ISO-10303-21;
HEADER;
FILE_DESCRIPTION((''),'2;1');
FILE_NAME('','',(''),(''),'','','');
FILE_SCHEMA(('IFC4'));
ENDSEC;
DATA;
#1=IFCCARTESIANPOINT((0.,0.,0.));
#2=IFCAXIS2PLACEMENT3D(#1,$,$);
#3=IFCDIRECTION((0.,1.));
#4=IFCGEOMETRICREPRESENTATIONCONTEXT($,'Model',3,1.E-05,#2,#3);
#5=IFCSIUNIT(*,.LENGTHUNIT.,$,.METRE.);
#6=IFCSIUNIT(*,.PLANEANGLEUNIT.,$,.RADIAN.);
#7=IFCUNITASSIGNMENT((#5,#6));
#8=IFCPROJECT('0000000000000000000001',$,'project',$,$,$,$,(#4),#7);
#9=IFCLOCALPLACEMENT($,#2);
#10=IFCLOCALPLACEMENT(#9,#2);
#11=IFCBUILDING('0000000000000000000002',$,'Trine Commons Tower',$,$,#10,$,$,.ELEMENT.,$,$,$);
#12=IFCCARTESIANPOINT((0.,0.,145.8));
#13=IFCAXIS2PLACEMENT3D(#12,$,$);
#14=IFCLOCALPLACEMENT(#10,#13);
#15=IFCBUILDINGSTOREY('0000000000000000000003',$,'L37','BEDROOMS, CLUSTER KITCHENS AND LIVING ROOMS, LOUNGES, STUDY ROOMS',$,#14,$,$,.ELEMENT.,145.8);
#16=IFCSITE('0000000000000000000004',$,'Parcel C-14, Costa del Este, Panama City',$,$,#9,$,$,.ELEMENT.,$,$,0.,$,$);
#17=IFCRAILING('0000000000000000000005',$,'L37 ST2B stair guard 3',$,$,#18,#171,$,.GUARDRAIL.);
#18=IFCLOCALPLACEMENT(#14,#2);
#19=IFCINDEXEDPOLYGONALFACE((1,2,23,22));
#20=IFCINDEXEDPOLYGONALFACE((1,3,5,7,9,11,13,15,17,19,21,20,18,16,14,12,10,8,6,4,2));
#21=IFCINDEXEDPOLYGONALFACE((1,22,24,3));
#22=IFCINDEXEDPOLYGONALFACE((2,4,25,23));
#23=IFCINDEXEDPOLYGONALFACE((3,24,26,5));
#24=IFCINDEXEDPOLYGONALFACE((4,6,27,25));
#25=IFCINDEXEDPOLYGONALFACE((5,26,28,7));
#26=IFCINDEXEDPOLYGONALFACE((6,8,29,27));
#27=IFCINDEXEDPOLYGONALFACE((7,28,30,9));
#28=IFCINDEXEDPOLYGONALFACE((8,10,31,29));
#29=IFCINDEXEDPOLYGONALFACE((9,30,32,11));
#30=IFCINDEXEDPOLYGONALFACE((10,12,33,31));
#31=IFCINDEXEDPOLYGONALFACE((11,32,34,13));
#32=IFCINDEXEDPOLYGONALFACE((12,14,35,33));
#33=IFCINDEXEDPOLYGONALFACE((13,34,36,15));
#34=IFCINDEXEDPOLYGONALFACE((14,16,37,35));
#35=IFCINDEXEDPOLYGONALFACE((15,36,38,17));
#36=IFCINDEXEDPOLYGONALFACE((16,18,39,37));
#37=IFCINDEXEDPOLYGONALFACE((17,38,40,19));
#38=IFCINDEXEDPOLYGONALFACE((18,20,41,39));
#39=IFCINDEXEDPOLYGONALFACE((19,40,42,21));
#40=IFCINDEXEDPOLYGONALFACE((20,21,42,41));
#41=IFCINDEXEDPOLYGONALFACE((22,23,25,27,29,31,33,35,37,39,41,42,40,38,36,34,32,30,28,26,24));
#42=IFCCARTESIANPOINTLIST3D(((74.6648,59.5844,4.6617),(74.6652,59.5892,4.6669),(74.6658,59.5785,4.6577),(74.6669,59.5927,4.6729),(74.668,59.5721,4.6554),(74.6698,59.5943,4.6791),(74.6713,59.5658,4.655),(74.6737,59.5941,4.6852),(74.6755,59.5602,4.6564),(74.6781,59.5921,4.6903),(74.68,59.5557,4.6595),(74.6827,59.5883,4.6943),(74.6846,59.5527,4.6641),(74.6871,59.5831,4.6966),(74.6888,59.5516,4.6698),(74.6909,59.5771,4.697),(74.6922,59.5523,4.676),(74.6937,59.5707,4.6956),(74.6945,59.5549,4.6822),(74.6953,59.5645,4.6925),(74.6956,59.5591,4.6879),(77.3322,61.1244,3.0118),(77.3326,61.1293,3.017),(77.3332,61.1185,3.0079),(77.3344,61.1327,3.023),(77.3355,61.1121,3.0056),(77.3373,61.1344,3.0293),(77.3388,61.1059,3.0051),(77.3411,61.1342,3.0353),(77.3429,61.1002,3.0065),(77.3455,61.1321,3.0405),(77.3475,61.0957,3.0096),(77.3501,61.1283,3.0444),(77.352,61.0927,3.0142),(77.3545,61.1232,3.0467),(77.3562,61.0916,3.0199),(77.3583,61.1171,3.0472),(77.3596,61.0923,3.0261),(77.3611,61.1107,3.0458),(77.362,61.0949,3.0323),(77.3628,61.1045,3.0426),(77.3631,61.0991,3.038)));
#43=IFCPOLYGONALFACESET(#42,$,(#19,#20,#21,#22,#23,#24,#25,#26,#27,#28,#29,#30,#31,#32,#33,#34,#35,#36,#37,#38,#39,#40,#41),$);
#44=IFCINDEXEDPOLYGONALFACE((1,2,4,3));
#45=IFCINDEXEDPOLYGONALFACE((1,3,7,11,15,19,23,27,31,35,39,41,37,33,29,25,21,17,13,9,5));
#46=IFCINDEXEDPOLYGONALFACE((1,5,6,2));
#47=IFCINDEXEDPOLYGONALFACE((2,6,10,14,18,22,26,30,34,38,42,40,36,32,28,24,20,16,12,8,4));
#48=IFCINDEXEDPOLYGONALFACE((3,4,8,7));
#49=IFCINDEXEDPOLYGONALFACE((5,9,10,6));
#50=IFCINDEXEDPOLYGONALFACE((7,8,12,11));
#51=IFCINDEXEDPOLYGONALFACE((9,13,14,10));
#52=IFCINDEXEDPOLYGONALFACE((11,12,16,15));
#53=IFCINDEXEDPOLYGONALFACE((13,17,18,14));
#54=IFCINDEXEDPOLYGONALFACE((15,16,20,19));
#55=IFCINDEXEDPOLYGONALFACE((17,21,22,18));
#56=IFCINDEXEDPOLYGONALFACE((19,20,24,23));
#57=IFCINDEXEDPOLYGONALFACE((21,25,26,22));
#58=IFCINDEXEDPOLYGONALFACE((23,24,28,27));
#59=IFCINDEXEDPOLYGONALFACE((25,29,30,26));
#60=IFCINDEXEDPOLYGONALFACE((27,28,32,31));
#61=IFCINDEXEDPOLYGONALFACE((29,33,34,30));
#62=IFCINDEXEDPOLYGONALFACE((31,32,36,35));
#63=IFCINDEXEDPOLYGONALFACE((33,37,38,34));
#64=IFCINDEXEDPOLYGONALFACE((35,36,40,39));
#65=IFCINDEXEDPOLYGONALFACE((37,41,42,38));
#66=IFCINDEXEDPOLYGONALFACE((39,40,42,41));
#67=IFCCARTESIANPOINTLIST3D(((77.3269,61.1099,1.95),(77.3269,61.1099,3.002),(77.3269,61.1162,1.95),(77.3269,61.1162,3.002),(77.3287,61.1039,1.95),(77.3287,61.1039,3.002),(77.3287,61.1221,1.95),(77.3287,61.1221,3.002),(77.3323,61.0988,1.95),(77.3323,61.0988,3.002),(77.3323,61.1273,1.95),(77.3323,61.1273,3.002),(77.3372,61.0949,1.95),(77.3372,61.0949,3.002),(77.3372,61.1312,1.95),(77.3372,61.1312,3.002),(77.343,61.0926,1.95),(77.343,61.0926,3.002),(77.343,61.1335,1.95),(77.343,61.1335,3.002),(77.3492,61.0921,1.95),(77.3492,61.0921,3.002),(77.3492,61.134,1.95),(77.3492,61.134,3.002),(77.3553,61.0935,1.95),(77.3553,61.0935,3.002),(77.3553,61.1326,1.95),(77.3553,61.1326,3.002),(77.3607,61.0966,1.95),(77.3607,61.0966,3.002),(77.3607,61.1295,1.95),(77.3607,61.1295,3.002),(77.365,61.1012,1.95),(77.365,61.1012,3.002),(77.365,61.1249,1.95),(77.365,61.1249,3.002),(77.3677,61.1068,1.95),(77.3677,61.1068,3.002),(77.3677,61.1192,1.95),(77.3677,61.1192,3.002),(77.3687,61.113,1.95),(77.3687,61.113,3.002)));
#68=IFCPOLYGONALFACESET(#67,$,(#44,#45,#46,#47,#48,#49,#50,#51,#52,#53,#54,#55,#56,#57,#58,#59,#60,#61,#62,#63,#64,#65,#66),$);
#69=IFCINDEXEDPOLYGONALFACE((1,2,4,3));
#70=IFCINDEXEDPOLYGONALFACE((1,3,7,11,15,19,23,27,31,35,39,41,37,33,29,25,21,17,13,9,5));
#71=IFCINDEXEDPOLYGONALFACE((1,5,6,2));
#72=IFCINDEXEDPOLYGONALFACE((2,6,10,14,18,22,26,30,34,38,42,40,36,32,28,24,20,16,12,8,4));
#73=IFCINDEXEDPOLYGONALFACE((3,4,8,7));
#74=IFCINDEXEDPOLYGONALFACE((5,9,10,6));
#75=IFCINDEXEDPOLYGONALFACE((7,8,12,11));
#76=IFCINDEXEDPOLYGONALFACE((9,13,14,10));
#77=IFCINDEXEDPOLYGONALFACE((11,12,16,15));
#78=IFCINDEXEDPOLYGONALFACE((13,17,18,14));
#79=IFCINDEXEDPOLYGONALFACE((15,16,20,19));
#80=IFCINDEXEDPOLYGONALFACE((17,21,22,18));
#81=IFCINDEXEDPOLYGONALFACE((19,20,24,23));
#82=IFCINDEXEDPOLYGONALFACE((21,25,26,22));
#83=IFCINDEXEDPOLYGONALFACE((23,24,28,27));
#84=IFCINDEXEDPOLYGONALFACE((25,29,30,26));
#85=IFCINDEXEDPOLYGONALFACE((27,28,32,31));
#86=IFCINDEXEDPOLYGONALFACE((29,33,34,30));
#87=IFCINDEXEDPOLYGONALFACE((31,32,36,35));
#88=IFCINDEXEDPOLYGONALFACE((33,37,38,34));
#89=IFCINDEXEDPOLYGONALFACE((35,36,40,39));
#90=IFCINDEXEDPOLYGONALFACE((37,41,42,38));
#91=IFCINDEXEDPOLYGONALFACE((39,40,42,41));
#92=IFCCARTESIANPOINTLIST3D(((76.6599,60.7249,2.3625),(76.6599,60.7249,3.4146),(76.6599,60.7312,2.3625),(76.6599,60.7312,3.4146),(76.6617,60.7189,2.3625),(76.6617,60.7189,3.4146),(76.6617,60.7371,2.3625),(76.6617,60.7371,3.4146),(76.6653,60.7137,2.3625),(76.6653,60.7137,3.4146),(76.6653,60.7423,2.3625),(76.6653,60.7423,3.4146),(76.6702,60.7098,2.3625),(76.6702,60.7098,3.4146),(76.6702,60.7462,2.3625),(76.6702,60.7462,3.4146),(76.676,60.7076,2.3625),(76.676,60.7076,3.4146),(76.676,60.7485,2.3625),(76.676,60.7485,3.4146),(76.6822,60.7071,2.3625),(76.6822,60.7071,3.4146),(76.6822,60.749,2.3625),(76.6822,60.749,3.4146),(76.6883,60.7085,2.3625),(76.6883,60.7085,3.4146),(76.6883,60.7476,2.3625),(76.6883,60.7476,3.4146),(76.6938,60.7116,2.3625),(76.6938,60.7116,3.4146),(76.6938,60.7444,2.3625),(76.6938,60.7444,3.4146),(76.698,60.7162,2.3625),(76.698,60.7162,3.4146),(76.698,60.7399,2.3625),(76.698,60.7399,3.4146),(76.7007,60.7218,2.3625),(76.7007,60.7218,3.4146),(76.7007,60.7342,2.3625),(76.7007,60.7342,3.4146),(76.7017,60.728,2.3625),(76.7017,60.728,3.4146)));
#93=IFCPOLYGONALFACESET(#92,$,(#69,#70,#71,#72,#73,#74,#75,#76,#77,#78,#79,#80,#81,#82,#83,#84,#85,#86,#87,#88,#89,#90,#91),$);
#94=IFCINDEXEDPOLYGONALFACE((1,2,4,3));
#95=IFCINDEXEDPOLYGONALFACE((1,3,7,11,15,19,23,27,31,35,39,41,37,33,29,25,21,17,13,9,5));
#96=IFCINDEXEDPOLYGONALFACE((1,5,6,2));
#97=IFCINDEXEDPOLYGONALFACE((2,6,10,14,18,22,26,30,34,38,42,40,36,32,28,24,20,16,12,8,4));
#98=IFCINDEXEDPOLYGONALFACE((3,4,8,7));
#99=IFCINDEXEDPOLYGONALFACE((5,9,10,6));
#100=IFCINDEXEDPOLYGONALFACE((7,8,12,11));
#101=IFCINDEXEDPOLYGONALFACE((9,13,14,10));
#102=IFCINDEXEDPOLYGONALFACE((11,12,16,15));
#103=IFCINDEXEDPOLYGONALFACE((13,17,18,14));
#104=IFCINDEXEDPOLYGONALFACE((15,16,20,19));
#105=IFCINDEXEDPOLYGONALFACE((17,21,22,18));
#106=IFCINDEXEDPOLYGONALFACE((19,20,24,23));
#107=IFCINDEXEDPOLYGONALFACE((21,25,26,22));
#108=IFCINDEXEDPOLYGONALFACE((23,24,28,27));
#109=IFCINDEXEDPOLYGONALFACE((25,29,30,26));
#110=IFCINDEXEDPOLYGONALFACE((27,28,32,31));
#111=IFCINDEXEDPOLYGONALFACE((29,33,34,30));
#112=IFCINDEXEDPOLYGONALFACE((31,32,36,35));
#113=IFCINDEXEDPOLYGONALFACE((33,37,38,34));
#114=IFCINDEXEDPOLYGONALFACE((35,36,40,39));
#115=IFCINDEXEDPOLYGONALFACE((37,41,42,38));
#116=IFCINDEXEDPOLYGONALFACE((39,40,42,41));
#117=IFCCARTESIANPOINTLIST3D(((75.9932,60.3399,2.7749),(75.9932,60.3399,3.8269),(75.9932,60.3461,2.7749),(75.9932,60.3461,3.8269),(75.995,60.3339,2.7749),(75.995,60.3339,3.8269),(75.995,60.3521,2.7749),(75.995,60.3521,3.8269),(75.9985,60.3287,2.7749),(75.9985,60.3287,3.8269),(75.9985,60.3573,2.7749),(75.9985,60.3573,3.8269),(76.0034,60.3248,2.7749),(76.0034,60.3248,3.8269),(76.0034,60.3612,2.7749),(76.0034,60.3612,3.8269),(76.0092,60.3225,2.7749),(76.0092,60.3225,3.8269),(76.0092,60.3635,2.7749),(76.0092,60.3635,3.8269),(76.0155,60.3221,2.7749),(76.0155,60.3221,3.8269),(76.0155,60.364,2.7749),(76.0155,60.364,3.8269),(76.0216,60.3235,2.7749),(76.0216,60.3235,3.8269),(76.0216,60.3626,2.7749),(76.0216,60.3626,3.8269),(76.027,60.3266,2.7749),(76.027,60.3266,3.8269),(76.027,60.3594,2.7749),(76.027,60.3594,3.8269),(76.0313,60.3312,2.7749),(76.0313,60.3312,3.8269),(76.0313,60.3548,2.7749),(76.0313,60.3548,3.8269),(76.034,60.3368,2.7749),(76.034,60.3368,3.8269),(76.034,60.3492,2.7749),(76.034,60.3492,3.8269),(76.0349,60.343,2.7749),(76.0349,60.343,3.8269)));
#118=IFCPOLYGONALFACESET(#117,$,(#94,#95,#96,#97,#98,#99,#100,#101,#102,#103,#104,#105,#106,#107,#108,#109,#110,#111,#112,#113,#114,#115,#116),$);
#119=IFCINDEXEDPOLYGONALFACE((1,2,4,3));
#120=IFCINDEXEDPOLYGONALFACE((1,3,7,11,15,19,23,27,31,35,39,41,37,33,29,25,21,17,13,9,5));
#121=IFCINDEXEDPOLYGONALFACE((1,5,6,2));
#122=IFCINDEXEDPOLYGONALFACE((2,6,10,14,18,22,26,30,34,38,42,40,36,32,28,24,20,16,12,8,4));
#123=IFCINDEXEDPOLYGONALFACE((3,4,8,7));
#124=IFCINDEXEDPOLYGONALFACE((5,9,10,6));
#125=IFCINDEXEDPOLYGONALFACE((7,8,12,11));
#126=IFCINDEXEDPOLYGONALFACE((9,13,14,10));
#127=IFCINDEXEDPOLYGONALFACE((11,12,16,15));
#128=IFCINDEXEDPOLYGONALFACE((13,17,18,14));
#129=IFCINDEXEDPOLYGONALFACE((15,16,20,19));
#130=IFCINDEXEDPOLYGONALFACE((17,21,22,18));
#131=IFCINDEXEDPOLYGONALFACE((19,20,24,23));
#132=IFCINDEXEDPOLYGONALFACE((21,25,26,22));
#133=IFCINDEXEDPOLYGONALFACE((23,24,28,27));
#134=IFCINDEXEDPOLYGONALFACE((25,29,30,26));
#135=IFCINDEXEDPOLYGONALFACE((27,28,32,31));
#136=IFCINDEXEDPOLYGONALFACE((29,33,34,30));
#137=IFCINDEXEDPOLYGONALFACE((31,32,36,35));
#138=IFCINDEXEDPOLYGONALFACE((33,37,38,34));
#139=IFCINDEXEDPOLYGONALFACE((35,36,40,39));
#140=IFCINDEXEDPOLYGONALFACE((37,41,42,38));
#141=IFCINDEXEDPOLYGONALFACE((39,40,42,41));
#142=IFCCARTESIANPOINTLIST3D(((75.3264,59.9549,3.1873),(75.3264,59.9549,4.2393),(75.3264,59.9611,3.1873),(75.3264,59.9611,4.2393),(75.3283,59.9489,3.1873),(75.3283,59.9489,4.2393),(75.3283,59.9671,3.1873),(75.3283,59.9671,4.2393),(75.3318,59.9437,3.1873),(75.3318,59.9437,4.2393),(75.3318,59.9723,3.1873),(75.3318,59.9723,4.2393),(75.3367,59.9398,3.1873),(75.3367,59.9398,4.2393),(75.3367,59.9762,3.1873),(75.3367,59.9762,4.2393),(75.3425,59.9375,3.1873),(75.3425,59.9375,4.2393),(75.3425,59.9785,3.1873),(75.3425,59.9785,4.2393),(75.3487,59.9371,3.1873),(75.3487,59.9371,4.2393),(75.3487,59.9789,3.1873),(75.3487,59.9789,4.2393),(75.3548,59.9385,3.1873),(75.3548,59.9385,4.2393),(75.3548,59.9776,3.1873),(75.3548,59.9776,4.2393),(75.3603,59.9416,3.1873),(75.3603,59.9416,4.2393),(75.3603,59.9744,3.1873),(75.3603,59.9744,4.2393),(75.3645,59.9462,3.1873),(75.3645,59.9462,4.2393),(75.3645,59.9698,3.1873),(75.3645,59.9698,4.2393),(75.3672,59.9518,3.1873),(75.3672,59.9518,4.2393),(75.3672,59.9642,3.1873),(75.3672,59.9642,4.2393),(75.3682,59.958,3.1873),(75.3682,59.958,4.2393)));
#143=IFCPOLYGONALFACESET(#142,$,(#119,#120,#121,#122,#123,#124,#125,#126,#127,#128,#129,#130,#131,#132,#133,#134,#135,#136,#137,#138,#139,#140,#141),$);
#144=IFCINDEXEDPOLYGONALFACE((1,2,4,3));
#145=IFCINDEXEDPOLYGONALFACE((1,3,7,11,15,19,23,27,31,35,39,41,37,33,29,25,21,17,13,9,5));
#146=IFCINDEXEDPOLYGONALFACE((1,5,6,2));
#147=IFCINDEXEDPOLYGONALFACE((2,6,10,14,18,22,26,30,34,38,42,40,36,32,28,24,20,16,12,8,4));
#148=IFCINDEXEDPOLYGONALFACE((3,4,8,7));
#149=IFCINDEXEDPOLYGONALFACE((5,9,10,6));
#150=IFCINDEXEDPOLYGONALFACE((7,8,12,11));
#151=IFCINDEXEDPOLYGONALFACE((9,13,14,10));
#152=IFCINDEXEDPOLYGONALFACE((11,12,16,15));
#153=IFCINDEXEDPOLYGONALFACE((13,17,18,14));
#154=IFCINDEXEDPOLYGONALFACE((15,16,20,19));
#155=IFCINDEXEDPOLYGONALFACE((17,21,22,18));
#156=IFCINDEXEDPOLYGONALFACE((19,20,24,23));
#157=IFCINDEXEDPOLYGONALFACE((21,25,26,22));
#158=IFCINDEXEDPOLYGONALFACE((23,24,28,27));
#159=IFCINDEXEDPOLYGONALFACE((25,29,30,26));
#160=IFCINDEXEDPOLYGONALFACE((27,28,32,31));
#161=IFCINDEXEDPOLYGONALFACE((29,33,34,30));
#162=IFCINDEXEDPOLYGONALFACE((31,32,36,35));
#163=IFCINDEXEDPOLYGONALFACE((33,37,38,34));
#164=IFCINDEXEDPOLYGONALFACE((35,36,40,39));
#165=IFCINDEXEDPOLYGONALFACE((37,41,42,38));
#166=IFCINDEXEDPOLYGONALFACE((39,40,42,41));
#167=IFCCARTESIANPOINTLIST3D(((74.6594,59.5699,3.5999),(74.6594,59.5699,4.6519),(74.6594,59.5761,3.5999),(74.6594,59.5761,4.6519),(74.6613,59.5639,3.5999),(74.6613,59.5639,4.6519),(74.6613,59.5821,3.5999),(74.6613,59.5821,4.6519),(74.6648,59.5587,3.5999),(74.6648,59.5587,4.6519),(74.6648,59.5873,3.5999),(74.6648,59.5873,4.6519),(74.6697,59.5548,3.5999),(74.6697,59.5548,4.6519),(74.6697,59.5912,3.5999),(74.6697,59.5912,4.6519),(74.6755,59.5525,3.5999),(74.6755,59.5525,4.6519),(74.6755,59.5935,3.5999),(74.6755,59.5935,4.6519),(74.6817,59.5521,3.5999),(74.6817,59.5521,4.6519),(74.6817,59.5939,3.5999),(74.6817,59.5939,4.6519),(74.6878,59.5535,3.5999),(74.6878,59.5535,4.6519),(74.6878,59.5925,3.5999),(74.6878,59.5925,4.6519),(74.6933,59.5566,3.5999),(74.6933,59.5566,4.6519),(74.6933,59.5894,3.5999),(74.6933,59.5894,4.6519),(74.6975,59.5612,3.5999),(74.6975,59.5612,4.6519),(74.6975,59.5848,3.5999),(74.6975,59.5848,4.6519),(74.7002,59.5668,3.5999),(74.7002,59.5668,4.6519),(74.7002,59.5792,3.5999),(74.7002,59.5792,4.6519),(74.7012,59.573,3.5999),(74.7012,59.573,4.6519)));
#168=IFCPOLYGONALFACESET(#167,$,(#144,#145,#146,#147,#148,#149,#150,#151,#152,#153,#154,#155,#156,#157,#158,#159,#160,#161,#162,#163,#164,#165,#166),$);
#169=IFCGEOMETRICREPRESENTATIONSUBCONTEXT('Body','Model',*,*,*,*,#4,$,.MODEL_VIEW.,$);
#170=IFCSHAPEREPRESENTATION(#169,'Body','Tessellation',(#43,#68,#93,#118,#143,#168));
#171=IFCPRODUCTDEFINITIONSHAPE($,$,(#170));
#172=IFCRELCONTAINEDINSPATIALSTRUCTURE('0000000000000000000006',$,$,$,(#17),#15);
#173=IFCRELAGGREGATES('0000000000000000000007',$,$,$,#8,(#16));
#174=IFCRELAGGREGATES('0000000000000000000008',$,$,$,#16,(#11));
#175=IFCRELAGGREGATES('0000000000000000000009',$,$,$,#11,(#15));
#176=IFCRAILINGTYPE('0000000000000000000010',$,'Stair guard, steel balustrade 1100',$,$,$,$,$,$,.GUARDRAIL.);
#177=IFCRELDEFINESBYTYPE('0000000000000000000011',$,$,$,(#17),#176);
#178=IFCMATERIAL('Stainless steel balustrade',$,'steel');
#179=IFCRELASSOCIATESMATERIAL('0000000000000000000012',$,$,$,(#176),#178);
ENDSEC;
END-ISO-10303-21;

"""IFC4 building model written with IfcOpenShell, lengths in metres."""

from ifc_helpers import new_model, si_unit, direction, frame, origin, origin_2d, place, context, subcontext, project, spatial, circle, extrude, material, type_object, element, save


model = new_model("IFC4")

# Units and contexts
model_context = context("Model", 3, precision=1e-05, world=origin(), true_north=direction((0.0, 1.0)))
body_context = subcontext(model_context, "Body", "Model", "MODEL_VIEW")
ifc_project = project(units=[si_unit("LENGTHUNIT", "METRE"), si_unit("PLANEANGLEUNIT", "RADIAN")], contexts=[model_context])

# Site, building, storey
site_placement = place(None, origin())
site = spatial("IfcSite", under=ifc_project, at=site_placement, Name="Parcel C-14, Costa del Este, Panama City", CompositionType="ELEMENT", RefElevation=0.0)
building_placement = place(site_placement, origin())
building = spatial("IfcBuilding", under=site, at=building_placement, Name="Trine Commons Tower", CompositionType="ELEMENT")
storey_placement = place(building_placement, frame((0.0, 0.0, 145.8)))
storey = spatial("IfcBuildingStorey", under=building, at=storey_placement, Name="L37", Description="BEDROOMS, CLUSTER KITCHENS AND LIVING ROOMS, LOUNGES, STUDY ROOMS", CompositionType="ELEMENT", Elevation=145.8)

# Railing
ifc_material_1 = material(Name="Stainless steel balustrade", Category="steel")
railing_type_1 = type_object("IfcRailingType", Name="Stair guard, steel balustrade 1100", PredefinedType="GUARDRAIL", material=ifc_material_1)
railing_1_placement = place(storey_placement, frame((77.3477, 61.113, 1.95)))
element("IfcRailing", 1, at=railing_1_placement, inside=storey, type_object=railing_type_1, Name="L37 ST2B stair guard 3", PredefinedType="GUARDRAIL", context=body_context, shape_type="SweptSolid", body=[
    extrude(circle(Radius=0.0239, at=origin_2d()), frame((0.0, 0.0, 1.0762), z_axis=(-0.763405, -0.440743, 0.472185), x_axis=(0.499992, -0.86603, 0.0)), (0.0, 0.0, 1.0), 3.4941),
    extrude(circle(Radius=0.021, at=origin_2d()), origin(), (0.0, 0.0, 1.0), 1.052),
    extrude(circle(Radius=0.021, at=origin_2d()), frame((-0.667, -0.385, 0.4126)), (0.0, 0.0, 1.0), 1.052),
    extrude(circle(Radius=0.021, at=origin_2d()), frame((-1.3337, -0.77, 0.825)), (0.0, 0.0, 1.0), 1.052),
    extrude(circle(Radius=0.021, at=origin_2d()), frame((-2.0005, -1.155, 1.2373)), (0.0, 0.0, 1.0), 1.052),
    extrude(circle(Radius=0.021, at=origin_2d()), frame((-2.6675, -1.54, 1.6499)), (0.0, 0.0, 1.0), 1.052),
])

save(model, "model.ifc")
